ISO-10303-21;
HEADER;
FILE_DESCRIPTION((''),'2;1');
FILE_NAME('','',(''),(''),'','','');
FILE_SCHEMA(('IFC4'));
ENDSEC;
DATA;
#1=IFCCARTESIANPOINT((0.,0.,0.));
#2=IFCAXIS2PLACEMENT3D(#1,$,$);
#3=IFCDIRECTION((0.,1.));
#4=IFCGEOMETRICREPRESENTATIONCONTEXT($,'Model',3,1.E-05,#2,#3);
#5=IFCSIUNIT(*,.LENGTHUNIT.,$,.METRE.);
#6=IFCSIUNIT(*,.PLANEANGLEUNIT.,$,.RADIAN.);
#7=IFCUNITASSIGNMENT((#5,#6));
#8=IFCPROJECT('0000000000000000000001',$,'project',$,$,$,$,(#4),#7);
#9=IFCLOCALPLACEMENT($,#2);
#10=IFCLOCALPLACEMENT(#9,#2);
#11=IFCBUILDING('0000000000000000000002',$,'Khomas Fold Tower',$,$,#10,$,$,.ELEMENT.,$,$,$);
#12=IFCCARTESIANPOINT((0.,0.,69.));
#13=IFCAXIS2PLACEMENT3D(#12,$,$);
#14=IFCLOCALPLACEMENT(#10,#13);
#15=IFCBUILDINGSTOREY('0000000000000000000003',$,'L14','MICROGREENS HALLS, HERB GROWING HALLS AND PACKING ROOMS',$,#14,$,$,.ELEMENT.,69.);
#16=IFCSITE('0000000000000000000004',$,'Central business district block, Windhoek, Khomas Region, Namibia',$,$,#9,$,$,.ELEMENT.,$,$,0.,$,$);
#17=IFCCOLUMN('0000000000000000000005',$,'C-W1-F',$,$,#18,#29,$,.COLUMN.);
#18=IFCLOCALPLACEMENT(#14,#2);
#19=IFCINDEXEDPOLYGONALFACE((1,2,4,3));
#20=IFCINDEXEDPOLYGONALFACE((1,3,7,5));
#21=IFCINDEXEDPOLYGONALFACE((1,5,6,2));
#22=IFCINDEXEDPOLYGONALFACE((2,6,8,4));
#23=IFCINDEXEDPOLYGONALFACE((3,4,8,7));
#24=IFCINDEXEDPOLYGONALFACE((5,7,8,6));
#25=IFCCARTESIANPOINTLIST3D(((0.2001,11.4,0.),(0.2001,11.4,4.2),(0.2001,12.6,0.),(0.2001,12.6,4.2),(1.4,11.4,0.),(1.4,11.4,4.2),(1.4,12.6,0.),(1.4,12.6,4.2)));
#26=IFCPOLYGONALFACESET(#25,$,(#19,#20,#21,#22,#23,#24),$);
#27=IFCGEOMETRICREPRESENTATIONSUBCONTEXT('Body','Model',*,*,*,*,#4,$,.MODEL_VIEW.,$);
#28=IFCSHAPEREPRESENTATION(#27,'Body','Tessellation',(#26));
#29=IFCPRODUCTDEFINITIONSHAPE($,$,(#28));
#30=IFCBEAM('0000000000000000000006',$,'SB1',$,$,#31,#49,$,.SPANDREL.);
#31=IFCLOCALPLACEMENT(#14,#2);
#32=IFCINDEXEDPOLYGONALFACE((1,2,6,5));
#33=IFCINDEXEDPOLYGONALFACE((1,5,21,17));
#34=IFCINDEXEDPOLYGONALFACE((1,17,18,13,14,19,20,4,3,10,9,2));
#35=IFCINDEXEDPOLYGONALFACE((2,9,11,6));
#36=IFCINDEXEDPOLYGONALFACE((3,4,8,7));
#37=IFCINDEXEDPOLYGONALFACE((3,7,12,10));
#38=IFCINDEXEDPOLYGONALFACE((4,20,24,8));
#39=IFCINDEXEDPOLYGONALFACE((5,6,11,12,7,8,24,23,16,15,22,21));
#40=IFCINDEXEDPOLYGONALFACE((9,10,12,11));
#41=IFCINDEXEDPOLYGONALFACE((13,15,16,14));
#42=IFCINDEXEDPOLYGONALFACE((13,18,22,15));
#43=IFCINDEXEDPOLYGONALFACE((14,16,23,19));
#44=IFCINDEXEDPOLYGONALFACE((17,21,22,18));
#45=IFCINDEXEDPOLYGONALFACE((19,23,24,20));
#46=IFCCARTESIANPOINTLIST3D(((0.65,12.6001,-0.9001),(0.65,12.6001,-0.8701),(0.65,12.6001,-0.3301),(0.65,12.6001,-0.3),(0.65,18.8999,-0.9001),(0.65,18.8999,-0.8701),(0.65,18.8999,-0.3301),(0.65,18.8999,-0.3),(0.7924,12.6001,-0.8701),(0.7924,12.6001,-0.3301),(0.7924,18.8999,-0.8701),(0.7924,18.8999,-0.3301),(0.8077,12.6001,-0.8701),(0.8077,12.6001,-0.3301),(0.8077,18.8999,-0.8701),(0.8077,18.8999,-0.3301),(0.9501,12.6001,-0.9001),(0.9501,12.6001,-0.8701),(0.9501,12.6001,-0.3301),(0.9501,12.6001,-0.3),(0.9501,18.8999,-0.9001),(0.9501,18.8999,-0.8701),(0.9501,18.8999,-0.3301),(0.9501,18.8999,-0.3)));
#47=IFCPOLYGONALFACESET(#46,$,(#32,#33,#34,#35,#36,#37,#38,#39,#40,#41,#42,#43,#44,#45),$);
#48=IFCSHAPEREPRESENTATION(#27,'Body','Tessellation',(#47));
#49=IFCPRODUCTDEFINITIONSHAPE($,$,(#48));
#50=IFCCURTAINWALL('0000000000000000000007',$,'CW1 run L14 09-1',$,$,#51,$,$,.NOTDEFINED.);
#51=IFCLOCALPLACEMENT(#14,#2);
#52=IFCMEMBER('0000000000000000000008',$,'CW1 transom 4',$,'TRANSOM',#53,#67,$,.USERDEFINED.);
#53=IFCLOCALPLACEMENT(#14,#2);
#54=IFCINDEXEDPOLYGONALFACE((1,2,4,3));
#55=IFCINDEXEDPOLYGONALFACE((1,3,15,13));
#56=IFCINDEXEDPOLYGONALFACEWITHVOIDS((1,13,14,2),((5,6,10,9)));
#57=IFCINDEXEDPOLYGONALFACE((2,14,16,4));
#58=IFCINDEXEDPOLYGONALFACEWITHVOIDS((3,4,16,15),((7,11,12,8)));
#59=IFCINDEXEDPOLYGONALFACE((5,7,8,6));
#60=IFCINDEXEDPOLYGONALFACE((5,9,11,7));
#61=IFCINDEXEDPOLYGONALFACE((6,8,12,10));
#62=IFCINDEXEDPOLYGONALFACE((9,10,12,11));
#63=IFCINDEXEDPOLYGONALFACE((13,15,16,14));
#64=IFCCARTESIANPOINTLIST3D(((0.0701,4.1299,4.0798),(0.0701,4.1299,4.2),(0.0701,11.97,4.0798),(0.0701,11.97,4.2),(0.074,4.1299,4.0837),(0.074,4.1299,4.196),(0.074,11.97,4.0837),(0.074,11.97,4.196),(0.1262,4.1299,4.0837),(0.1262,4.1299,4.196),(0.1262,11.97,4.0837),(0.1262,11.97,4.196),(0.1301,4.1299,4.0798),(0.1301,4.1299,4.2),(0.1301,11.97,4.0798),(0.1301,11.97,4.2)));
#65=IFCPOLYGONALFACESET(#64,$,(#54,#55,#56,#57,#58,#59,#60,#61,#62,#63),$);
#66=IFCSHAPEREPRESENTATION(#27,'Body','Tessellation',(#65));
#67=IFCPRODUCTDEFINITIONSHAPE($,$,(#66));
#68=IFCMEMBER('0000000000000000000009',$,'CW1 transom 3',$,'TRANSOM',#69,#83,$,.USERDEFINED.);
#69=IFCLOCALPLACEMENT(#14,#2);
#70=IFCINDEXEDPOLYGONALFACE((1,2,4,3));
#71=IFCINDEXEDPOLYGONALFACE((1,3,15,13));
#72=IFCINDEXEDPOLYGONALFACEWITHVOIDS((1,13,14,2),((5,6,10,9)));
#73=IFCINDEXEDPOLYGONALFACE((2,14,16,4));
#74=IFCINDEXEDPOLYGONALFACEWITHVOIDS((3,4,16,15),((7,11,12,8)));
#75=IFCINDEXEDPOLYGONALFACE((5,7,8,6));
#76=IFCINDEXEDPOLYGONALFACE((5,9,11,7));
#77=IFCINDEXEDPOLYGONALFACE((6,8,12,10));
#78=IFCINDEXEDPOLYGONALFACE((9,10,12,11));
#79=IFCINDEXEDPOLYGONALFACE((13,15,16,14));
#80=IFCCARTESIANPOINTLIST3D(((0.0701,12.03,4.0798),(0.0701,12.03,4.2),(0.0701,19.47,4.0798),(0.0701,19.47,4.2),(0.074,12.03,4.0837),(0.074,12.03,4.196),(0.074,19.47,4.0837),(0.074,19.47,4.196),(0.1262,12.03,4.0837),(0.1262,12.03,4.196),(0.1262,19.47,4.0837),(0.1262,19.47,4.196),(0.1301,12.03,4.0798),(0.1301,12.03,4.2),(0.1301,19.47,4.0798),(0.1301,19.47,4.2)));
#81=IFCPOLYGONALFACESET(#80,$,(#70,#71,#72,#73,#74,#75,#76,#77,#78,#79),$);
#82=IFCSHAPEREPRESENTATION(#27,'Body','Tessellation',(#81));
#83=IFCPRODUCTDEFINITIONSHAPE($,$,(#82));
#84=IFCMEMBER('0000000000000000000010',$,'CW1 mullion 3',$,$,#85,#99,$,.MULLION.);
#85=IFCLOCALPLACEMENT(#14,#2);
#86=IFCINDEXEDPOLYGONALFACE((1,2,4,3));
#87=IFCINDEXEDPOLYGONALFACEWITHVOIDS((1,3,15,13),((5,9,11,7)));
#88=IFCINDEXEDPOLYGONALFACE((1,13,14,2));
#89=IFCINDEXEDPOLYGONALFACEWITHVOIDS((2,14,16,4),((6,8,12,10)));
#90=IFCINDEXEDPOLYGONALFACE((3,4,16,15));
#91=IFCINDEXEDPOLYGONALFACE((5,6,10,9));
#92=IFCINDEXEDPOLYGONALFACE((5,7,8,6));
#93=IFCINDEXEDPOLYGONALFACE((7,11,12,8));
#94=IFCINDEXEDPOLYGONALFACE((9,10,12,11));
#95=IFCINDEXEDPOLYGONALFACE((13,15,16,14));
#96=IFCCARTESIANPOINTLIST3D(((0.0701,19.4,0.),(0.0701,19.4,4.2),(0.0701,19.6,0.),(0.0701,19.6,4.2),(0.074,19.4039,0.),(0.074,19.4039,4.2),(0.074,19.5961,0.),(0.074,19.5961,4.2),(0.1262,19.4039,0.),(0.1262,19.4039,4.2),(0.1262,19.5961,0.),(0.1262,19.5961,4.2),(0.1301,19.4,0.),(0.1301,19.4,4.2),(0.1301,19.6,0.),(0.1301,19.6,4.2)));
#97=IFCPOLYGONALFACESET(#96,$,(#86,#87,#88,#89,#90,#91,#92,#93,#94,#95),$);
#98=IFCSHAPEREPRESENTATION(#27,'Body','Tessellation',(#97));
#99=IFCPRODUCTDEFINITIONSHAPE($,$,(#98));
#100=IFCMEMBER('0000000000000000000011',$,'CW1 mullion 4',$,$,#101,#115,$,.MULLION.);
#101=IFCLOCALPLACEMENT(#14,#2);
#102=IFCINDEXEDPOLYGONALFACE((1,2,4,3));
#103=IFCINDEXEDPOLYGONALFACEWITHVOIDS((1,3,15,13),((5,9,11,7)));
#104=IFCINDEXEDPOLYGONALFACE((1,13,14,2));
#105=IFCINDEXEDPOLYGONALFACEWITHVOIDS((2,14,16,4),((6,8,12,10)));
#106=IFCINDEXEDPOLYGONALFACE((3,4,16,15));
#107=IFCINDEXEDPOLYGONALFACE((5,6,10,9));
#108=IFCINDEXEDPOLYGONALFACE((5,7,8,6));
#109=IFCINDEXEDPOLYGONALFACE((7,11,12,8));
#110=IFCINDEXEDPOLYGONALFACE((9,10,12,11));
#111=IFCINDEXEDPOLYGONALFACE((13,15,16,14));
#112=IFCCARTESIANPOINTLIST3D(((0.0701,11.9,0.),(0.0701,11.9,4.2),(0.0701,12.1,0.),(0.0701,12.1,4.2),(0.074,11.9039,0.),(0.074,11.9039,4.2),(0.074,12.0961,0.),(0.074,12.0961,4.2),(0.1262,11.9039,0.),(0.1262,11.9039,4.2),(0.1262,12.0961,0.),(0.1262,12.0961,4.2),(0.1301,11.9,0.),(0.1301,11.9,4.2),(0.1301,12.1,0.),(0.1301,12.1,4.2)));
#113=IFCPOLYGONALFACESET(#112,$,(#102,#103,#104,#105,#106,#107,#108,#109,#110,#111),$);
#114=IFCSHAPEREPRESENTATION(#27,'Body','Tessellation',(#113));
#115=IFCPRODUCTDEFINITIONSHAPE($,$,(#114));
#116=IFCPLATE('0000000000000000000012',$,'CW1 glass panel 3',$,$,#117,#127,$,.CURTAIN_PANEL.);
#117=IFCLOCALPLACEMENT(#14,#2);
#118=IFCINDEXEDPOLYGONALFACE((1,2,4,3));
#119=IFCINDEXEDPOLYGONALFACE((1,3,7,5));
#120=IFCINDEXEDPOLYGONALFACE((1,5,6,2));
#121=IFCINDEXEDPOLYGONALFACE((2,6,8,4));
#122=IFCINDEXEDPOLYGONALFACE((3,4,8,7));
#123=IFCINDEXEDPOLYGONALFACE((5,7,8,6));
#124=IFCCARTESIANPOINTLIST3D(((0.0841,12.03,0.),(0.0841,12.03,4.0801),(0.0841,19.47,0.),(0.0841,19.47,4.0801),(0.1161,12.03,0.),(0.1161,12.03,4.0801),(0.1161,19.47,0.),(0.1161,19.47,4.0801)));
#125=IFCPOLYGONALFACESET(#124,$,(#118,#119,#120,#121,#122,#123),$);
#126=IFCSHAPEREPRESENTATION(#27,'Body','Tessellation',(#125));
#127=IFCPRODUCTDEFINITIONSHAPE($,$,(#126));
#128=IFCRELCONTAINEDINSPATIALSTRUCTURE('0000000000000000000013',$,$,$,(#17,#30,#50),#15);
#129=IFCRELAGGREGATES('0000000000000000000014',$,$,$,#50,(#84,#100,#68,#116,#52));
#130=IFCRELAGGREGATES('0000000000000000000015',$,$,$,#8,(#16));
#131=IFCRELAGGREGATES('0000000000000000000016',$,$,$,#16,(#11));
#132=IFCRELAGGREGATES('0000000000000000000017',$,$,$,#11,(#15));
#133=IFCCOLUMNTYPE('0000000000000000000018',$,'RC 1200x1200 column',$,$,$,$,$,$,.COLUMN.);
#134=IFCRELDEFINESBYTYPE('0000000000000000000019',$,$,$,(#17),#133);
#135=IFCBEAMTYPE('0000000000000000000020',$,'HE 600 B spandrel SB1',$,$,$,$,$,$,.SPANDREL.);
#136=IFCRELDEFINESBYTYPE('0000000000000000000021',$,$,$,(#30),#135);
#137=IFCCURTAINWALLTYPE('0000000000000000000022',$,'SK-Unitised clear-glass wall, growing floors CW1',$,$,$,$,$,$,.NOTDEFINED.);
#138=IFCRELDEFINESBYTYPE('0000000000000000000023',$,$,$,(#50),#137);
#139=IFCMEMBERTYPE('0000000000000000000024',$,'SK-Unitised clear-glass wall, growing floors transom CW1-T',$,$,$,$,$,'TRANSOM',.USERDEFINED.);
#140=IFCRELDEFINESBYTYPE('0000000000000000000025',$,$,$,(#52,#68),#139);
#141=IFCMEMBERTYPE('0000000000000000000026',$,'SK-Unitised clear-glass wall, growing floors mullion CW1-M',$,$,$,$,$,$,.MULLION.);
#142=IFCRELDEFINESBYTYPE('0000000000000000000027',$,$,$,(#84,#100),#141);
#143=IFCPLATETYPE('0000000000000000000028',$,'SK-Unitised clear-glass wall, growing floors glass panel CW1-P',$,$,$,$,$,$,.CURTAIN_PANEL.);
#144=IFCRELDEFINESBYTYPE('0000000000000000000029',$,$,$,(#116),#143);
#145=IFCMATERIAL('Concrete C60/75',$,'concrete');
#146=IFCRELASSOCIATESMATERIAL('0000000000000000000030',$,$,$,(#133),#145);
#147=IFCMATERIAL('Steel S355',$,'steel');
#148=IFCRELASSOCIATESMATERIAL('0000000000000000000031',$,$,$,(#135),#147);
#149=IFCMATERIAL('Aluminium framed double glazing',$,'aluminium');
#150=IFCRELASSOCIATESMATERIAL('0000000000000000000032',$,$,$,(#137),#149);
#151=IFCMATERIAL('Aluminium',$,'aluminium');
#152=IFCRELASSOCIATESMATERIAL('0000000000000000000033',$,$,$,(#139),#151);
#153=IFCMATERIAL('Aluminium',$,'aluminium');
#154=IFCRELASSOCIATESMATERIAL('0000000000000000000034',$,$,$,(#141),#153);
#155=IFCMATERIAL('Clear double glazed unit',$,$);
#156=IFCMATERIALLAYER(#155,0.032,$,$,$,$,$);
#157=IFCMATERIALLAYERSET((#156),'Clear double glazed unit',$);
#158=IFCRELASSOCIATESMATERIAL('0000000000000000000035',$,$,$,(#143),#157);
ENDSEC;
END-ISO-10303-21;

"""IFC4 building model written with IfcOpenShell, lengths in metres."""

from ifc_helpers import new_model, si_unit, direction, frame, origin, origin_2d, place, context, subcontext, project, spatial, rectangle, hollow_rectangle, i_section, extrude, source, transform, mapped, material, layer, layer_set, material_profile, profile_set, type_object, element, aggregate, save


model = new_model("IFC4")

# Units and contexts
model_context = context("Model", 3, precision=1e-05, world=origin(), true_north=direction((0.0, 1.0)))
body_context = subcontext(model_context, "Body", "Model", "MODEL_VIEW")
ifc_project = project(units=[si_unit("LENGTHUNIT", "METRE"), si_unit("PLANEANGLEUNIT", "RADIAN")], contexts=[model_context])

# Site, building, storey
site_placement = place(None, origin())
site = spatial("IfcSite", under=ifc_project, at=site_placement, Name="Central business district block, Windhoek, Khomas Region, Namibia", CompositionType="ELEMENT", RefElevation=0.0)
building_placement = place(site_placement, origin())
building = spatial("IfcBuilding", under=site, at=building_placement, Name="Khomas Fold Tower", CompositionType="ELEMENT")
storey_placement = place(building_placement, frame((0.0, 0.0, 69.0)))
storey = spatial("IfcBuildingStorey", under=building, at=storey_placement, Name="L14", Description="MICROGREENS HALLS, HERB GROWING HALLS AND PACKING ROOMS", CompositionType="ELEMENT", Elevation=69.0)

# Column
ifc_material_1 = material(Name="Concrete C60/75", Category="concrete")
ifc_material_profile_1 = material_profile(ifc_material_1, rectangle(XDim=1.2, YDim=1.2, at=origin_2d()), Name="RC 1200x1200")
ifc_profile_set_1 = profile_set([ifc_material_profile_1], Name="Concrete C60/75")
column_type = type_object("IfcColumnType", Name="RC 1200x1200 column", PredefinedType="COLUMN", material=ifc_profile_set_1)
shared_shape_1 = source(origin(), body_context, "Body", "SweptSolid", [
    extrude(rectangle(XDim=1.2, YDim=1.2, at=origin_2d()), origin(), (0.0, 0.0, 1.0), 4.2),
])
column_placement = place(storey_placement, frame((0.8, 12.0, 0.0), z_axis=(0.0, 0.0, 1.0), x_axis=(1.0, 0.0, 0.0)))
element("IfcColumn", 1, at=column_placement, inside=storey, type_object=column_type, Name="C-W1-F", PredefinedType="COLUMN", context=body_context, shape_type="MappedRepresentation", body=[
    mapped(shared_shape_1, transform((0.0, 0.0, 0.0))),
])

# Beam
ifc_material_2 = material(Name="Steel S355", Category="steel")
ifc_material_profile_2 = material_profile(ifc_material_2, i_section(OverallWidth=0.3, OverallDepth=0.6001, WebThickness=0.0154, FlangeThickness=0.03, at=origin_2d()), Name="HE 600 B")
ifc_profile_set_2 = profile_set([ifc_material_profile_2], Name="Steel S355")
beam_type = type_object("IfcBeamType", Name="HE 600 B spandrel SB1", PredefinedType="SPANDREL", material=ifc_profile_set_2)
shared_shape_2 = source(origin(), body_context, "Body", "SweptSolid", [
    extrude(i_section(OverallWidth=0.3, OverallDepth=0.6001, WebThickness=0.0154, FlangeThickness=0.03, at=origin_2d()), origin(), (0.0, 0.0, 1.0), 6.2998),
])
beam_placement = place(storey_placement, frame((0.8, 12.6001, -0.6001), z_axis=(0.0, 1.0, 0.0), x_axis=(-1.0, 0.0, 0.0)))
element("IfcBeam", 2, at=beam_placement, inside=storey, type_object=beam_type, Name="SB1", PredefinedType="SPANDREL", context=body_context, shape_type="MappedRepresentation", body=[
    mapped(shared_shape_2, transform((0.0, 0.0, 0.0))),
])

# Curtain wall, members, plate
ifc_material_3 = material(Name="Aluminium framed double glazing", Category="aluminium")
curtain_wall_type = type_object("IfcCurtainWallType", Name="SK-Unitised clear-glass wall, growing floors CW1", PredefinedType="NOTDEFINED", material=ifc_material_3)
curtain_wall_placement = place(storey_placement, origin())
curtain_wall = element("IfcCurtainWall", 3, at=curtain_wall_placement, inside=storey, type_object=curtain_wall_type, Name="CW1 run L14 09-1", PredefinedType="NOTDEFINED")
ifc_material_4 = material(Name="Aluminium", Category="aluminium")
ifc_material_profile_3 = material_profile(ifc_material_4, hollow_rectangle(XDim=0.0601, YDim=0.1201, WallThickness=0.0039, at=origin_2d()), Name="SK-Unitised clear-glass wall, growing floors transom CW1-T")
ifc_profile_set_3 = profile_set([ifc_material_profile_3], Name="Aluminium")
member_type_1 = type_object("IfcMemberType", Name="SK-Unitised clear-glass wall, growing floors transom CW1-T", ElementType="TRANSOM", PredefinedType="USERDEFINED", material=ifc_profile_set_3)
shared_shape_3 = source(origin(), body_context, "Body", "SweptSolid", [
    extrude(hollow_rectangle(XDim=0.0601, YDim=0.1201, WallThickness=0.0039, at=origin_2d()), origin(), (0.0, 0.0, 1.0), 7.8401),
])
member_1_placement = place(storey_placement, frame((0.1001, 11.97, 4.1399), z_axis=(0.0, -1.0, 0.0), x_axis=(1.0, 0.0, 0.0)))
member_1 = element("IfcMember", 4, at=member_1_placement, type_object=member_type_1, Name="CW1 transom 4", ObjectType="TRANSOM", PredefinedType="USERDEFINED", context=body_context, shape_type="MappedRepresentation", body=[
    mapped(shared_shape_3, transform((0.0, 0.0, 0.0))),
])
shared_shape_4 = source(origin(), body_context, "Body", "SweptSolid", [
    extrude(hollow_rectangle(XDim=0.0601, YDim=0.1201, WallThickness=0.0039, at=origin_2d()), origin(), (0.0, 0.0, 1.0), 7.4399),
])
member_2_placement = place(storey_placement, frame((0.1001, 19.47, 4.1399), z_axis=(0.0, -1.0, 0.0), x_axis=(1.0, 0.0, 0.0)))
member_2 = element("IfcMember", 5, at=member_2_placement, type_object=member_type_1, Name="CW1 transom 3", ObjectType="TRANSOM", PredefinedType="USERDEFINED", context=body_context, shape_type="MappedRepresentation", body=[
    mapped(shared_shape_4, transform((0.0, 0.0, 0.0))),
])
ifc_material_5 = material(Name="Aluminium", Category="aluminium")
ifc_material_profile_4 = material_profile(ifc_material_5, hollow_rectangle(XDim=0.0601, YDim=0.2, WallThickness=0.0039, at=origin_2d()), Name="SK-Unitised clear-glass wall, growing floors mullion CW1-M")
ifc_profile_set_4 = profile_set([ifc_material_profile_4], Name="Aluminium")
member_type_2 = type_object("IfcMemberType", Name="SK-Unitised clear-glass wall, growing floors mullion CW1-M", PredefinedType="MULLION", material=ifc_profile_set_4)
shared_shape_5 = source(origin(), body_context, "Body", "SweptSolid", [
    extrude(hollow_rectangle(XDim=0.0601, YDim=0.2, WallThickness=0.0039, at=origin_2d()), origin(), (0.0, 0.0, 1.0), 4.2),
])
member_3_placement = place(storey_placement, frame((0.1001, 19.5, 0.0), z_axis=(0.0, 0.0, 1.0), x_axis=(1.0, 0.0, 0.0)))
member_3 = element("IfcMember", 6, at=member_3_placement, type_object=member_type_2, Name="CW1 mullion 3", PredefinedType="MULLION", context=body_context, shape_type="MappedRepresentation", body=[
    mapped(shared_shape_5, transform((0.0, 0.0, 0.0))),
])
member_4_placement = place(storey_placement, frame((0.1001, 12.0, 0.0), z_axis=(0.0, 0.0, 1.0), x_axis=(1.0, 0.0, 0.0)))
member_4 = element("IfcMember", 7, at=member_4_placement, type_object=member_type_2, Name="CW1 mullion 4", PredefinedType="MULLION", context=body_context, shape_type="MappedRepresentation", body=[
    mapped(shared_shape_5, transform((0.0, 0.0, 0.0))),
])
ifc_material_6 = material(Name="Clear double glazed unit")
ifc_layer_1 = layer(ifc_material_6, 0.032)
ifc_layer_set_1 = layer_set([ifc_layer_1], Name="Clear double glazed unit")
plate_type = type_object("IfcPlateType", Name="SK-Unitised clear-glass wall, growing floors glass panel CW1-P", PredefinedType="CURTAIN_PANEL", material=ifc_layer_set_1)
shared_shape_6 = source(origin(), body_context, "Body", "SweptSolid", [
    extrude(rectangle(XDim=7.4399, YDim=0.032, at=origin_2d()), origin(), (0.0, 0.0, 1.0), 4.0801),
])
plate_placement = place(storey_placement, frame((0.1001, 15.75, 0.0), z_axis=(0.0, 0.0, 1.0), x_axis=(0.0, -1.0, 0.0)))
plate = element("IfcPlate", 8, at=plate_placement, type_object=plate_type, Name="CW1 glass panel 3", PredefinedType="CURTAIN_PANEL", context=body_context, shape_type="MappedRepresentation", body=[
    mapped(shared_shape_6, transform((0.0, 0.0, 0.0))),
])
aggregate(curtain_wall, [member_3, member_4, member_2, plate, member_1])

save(model, "model.ifc")
